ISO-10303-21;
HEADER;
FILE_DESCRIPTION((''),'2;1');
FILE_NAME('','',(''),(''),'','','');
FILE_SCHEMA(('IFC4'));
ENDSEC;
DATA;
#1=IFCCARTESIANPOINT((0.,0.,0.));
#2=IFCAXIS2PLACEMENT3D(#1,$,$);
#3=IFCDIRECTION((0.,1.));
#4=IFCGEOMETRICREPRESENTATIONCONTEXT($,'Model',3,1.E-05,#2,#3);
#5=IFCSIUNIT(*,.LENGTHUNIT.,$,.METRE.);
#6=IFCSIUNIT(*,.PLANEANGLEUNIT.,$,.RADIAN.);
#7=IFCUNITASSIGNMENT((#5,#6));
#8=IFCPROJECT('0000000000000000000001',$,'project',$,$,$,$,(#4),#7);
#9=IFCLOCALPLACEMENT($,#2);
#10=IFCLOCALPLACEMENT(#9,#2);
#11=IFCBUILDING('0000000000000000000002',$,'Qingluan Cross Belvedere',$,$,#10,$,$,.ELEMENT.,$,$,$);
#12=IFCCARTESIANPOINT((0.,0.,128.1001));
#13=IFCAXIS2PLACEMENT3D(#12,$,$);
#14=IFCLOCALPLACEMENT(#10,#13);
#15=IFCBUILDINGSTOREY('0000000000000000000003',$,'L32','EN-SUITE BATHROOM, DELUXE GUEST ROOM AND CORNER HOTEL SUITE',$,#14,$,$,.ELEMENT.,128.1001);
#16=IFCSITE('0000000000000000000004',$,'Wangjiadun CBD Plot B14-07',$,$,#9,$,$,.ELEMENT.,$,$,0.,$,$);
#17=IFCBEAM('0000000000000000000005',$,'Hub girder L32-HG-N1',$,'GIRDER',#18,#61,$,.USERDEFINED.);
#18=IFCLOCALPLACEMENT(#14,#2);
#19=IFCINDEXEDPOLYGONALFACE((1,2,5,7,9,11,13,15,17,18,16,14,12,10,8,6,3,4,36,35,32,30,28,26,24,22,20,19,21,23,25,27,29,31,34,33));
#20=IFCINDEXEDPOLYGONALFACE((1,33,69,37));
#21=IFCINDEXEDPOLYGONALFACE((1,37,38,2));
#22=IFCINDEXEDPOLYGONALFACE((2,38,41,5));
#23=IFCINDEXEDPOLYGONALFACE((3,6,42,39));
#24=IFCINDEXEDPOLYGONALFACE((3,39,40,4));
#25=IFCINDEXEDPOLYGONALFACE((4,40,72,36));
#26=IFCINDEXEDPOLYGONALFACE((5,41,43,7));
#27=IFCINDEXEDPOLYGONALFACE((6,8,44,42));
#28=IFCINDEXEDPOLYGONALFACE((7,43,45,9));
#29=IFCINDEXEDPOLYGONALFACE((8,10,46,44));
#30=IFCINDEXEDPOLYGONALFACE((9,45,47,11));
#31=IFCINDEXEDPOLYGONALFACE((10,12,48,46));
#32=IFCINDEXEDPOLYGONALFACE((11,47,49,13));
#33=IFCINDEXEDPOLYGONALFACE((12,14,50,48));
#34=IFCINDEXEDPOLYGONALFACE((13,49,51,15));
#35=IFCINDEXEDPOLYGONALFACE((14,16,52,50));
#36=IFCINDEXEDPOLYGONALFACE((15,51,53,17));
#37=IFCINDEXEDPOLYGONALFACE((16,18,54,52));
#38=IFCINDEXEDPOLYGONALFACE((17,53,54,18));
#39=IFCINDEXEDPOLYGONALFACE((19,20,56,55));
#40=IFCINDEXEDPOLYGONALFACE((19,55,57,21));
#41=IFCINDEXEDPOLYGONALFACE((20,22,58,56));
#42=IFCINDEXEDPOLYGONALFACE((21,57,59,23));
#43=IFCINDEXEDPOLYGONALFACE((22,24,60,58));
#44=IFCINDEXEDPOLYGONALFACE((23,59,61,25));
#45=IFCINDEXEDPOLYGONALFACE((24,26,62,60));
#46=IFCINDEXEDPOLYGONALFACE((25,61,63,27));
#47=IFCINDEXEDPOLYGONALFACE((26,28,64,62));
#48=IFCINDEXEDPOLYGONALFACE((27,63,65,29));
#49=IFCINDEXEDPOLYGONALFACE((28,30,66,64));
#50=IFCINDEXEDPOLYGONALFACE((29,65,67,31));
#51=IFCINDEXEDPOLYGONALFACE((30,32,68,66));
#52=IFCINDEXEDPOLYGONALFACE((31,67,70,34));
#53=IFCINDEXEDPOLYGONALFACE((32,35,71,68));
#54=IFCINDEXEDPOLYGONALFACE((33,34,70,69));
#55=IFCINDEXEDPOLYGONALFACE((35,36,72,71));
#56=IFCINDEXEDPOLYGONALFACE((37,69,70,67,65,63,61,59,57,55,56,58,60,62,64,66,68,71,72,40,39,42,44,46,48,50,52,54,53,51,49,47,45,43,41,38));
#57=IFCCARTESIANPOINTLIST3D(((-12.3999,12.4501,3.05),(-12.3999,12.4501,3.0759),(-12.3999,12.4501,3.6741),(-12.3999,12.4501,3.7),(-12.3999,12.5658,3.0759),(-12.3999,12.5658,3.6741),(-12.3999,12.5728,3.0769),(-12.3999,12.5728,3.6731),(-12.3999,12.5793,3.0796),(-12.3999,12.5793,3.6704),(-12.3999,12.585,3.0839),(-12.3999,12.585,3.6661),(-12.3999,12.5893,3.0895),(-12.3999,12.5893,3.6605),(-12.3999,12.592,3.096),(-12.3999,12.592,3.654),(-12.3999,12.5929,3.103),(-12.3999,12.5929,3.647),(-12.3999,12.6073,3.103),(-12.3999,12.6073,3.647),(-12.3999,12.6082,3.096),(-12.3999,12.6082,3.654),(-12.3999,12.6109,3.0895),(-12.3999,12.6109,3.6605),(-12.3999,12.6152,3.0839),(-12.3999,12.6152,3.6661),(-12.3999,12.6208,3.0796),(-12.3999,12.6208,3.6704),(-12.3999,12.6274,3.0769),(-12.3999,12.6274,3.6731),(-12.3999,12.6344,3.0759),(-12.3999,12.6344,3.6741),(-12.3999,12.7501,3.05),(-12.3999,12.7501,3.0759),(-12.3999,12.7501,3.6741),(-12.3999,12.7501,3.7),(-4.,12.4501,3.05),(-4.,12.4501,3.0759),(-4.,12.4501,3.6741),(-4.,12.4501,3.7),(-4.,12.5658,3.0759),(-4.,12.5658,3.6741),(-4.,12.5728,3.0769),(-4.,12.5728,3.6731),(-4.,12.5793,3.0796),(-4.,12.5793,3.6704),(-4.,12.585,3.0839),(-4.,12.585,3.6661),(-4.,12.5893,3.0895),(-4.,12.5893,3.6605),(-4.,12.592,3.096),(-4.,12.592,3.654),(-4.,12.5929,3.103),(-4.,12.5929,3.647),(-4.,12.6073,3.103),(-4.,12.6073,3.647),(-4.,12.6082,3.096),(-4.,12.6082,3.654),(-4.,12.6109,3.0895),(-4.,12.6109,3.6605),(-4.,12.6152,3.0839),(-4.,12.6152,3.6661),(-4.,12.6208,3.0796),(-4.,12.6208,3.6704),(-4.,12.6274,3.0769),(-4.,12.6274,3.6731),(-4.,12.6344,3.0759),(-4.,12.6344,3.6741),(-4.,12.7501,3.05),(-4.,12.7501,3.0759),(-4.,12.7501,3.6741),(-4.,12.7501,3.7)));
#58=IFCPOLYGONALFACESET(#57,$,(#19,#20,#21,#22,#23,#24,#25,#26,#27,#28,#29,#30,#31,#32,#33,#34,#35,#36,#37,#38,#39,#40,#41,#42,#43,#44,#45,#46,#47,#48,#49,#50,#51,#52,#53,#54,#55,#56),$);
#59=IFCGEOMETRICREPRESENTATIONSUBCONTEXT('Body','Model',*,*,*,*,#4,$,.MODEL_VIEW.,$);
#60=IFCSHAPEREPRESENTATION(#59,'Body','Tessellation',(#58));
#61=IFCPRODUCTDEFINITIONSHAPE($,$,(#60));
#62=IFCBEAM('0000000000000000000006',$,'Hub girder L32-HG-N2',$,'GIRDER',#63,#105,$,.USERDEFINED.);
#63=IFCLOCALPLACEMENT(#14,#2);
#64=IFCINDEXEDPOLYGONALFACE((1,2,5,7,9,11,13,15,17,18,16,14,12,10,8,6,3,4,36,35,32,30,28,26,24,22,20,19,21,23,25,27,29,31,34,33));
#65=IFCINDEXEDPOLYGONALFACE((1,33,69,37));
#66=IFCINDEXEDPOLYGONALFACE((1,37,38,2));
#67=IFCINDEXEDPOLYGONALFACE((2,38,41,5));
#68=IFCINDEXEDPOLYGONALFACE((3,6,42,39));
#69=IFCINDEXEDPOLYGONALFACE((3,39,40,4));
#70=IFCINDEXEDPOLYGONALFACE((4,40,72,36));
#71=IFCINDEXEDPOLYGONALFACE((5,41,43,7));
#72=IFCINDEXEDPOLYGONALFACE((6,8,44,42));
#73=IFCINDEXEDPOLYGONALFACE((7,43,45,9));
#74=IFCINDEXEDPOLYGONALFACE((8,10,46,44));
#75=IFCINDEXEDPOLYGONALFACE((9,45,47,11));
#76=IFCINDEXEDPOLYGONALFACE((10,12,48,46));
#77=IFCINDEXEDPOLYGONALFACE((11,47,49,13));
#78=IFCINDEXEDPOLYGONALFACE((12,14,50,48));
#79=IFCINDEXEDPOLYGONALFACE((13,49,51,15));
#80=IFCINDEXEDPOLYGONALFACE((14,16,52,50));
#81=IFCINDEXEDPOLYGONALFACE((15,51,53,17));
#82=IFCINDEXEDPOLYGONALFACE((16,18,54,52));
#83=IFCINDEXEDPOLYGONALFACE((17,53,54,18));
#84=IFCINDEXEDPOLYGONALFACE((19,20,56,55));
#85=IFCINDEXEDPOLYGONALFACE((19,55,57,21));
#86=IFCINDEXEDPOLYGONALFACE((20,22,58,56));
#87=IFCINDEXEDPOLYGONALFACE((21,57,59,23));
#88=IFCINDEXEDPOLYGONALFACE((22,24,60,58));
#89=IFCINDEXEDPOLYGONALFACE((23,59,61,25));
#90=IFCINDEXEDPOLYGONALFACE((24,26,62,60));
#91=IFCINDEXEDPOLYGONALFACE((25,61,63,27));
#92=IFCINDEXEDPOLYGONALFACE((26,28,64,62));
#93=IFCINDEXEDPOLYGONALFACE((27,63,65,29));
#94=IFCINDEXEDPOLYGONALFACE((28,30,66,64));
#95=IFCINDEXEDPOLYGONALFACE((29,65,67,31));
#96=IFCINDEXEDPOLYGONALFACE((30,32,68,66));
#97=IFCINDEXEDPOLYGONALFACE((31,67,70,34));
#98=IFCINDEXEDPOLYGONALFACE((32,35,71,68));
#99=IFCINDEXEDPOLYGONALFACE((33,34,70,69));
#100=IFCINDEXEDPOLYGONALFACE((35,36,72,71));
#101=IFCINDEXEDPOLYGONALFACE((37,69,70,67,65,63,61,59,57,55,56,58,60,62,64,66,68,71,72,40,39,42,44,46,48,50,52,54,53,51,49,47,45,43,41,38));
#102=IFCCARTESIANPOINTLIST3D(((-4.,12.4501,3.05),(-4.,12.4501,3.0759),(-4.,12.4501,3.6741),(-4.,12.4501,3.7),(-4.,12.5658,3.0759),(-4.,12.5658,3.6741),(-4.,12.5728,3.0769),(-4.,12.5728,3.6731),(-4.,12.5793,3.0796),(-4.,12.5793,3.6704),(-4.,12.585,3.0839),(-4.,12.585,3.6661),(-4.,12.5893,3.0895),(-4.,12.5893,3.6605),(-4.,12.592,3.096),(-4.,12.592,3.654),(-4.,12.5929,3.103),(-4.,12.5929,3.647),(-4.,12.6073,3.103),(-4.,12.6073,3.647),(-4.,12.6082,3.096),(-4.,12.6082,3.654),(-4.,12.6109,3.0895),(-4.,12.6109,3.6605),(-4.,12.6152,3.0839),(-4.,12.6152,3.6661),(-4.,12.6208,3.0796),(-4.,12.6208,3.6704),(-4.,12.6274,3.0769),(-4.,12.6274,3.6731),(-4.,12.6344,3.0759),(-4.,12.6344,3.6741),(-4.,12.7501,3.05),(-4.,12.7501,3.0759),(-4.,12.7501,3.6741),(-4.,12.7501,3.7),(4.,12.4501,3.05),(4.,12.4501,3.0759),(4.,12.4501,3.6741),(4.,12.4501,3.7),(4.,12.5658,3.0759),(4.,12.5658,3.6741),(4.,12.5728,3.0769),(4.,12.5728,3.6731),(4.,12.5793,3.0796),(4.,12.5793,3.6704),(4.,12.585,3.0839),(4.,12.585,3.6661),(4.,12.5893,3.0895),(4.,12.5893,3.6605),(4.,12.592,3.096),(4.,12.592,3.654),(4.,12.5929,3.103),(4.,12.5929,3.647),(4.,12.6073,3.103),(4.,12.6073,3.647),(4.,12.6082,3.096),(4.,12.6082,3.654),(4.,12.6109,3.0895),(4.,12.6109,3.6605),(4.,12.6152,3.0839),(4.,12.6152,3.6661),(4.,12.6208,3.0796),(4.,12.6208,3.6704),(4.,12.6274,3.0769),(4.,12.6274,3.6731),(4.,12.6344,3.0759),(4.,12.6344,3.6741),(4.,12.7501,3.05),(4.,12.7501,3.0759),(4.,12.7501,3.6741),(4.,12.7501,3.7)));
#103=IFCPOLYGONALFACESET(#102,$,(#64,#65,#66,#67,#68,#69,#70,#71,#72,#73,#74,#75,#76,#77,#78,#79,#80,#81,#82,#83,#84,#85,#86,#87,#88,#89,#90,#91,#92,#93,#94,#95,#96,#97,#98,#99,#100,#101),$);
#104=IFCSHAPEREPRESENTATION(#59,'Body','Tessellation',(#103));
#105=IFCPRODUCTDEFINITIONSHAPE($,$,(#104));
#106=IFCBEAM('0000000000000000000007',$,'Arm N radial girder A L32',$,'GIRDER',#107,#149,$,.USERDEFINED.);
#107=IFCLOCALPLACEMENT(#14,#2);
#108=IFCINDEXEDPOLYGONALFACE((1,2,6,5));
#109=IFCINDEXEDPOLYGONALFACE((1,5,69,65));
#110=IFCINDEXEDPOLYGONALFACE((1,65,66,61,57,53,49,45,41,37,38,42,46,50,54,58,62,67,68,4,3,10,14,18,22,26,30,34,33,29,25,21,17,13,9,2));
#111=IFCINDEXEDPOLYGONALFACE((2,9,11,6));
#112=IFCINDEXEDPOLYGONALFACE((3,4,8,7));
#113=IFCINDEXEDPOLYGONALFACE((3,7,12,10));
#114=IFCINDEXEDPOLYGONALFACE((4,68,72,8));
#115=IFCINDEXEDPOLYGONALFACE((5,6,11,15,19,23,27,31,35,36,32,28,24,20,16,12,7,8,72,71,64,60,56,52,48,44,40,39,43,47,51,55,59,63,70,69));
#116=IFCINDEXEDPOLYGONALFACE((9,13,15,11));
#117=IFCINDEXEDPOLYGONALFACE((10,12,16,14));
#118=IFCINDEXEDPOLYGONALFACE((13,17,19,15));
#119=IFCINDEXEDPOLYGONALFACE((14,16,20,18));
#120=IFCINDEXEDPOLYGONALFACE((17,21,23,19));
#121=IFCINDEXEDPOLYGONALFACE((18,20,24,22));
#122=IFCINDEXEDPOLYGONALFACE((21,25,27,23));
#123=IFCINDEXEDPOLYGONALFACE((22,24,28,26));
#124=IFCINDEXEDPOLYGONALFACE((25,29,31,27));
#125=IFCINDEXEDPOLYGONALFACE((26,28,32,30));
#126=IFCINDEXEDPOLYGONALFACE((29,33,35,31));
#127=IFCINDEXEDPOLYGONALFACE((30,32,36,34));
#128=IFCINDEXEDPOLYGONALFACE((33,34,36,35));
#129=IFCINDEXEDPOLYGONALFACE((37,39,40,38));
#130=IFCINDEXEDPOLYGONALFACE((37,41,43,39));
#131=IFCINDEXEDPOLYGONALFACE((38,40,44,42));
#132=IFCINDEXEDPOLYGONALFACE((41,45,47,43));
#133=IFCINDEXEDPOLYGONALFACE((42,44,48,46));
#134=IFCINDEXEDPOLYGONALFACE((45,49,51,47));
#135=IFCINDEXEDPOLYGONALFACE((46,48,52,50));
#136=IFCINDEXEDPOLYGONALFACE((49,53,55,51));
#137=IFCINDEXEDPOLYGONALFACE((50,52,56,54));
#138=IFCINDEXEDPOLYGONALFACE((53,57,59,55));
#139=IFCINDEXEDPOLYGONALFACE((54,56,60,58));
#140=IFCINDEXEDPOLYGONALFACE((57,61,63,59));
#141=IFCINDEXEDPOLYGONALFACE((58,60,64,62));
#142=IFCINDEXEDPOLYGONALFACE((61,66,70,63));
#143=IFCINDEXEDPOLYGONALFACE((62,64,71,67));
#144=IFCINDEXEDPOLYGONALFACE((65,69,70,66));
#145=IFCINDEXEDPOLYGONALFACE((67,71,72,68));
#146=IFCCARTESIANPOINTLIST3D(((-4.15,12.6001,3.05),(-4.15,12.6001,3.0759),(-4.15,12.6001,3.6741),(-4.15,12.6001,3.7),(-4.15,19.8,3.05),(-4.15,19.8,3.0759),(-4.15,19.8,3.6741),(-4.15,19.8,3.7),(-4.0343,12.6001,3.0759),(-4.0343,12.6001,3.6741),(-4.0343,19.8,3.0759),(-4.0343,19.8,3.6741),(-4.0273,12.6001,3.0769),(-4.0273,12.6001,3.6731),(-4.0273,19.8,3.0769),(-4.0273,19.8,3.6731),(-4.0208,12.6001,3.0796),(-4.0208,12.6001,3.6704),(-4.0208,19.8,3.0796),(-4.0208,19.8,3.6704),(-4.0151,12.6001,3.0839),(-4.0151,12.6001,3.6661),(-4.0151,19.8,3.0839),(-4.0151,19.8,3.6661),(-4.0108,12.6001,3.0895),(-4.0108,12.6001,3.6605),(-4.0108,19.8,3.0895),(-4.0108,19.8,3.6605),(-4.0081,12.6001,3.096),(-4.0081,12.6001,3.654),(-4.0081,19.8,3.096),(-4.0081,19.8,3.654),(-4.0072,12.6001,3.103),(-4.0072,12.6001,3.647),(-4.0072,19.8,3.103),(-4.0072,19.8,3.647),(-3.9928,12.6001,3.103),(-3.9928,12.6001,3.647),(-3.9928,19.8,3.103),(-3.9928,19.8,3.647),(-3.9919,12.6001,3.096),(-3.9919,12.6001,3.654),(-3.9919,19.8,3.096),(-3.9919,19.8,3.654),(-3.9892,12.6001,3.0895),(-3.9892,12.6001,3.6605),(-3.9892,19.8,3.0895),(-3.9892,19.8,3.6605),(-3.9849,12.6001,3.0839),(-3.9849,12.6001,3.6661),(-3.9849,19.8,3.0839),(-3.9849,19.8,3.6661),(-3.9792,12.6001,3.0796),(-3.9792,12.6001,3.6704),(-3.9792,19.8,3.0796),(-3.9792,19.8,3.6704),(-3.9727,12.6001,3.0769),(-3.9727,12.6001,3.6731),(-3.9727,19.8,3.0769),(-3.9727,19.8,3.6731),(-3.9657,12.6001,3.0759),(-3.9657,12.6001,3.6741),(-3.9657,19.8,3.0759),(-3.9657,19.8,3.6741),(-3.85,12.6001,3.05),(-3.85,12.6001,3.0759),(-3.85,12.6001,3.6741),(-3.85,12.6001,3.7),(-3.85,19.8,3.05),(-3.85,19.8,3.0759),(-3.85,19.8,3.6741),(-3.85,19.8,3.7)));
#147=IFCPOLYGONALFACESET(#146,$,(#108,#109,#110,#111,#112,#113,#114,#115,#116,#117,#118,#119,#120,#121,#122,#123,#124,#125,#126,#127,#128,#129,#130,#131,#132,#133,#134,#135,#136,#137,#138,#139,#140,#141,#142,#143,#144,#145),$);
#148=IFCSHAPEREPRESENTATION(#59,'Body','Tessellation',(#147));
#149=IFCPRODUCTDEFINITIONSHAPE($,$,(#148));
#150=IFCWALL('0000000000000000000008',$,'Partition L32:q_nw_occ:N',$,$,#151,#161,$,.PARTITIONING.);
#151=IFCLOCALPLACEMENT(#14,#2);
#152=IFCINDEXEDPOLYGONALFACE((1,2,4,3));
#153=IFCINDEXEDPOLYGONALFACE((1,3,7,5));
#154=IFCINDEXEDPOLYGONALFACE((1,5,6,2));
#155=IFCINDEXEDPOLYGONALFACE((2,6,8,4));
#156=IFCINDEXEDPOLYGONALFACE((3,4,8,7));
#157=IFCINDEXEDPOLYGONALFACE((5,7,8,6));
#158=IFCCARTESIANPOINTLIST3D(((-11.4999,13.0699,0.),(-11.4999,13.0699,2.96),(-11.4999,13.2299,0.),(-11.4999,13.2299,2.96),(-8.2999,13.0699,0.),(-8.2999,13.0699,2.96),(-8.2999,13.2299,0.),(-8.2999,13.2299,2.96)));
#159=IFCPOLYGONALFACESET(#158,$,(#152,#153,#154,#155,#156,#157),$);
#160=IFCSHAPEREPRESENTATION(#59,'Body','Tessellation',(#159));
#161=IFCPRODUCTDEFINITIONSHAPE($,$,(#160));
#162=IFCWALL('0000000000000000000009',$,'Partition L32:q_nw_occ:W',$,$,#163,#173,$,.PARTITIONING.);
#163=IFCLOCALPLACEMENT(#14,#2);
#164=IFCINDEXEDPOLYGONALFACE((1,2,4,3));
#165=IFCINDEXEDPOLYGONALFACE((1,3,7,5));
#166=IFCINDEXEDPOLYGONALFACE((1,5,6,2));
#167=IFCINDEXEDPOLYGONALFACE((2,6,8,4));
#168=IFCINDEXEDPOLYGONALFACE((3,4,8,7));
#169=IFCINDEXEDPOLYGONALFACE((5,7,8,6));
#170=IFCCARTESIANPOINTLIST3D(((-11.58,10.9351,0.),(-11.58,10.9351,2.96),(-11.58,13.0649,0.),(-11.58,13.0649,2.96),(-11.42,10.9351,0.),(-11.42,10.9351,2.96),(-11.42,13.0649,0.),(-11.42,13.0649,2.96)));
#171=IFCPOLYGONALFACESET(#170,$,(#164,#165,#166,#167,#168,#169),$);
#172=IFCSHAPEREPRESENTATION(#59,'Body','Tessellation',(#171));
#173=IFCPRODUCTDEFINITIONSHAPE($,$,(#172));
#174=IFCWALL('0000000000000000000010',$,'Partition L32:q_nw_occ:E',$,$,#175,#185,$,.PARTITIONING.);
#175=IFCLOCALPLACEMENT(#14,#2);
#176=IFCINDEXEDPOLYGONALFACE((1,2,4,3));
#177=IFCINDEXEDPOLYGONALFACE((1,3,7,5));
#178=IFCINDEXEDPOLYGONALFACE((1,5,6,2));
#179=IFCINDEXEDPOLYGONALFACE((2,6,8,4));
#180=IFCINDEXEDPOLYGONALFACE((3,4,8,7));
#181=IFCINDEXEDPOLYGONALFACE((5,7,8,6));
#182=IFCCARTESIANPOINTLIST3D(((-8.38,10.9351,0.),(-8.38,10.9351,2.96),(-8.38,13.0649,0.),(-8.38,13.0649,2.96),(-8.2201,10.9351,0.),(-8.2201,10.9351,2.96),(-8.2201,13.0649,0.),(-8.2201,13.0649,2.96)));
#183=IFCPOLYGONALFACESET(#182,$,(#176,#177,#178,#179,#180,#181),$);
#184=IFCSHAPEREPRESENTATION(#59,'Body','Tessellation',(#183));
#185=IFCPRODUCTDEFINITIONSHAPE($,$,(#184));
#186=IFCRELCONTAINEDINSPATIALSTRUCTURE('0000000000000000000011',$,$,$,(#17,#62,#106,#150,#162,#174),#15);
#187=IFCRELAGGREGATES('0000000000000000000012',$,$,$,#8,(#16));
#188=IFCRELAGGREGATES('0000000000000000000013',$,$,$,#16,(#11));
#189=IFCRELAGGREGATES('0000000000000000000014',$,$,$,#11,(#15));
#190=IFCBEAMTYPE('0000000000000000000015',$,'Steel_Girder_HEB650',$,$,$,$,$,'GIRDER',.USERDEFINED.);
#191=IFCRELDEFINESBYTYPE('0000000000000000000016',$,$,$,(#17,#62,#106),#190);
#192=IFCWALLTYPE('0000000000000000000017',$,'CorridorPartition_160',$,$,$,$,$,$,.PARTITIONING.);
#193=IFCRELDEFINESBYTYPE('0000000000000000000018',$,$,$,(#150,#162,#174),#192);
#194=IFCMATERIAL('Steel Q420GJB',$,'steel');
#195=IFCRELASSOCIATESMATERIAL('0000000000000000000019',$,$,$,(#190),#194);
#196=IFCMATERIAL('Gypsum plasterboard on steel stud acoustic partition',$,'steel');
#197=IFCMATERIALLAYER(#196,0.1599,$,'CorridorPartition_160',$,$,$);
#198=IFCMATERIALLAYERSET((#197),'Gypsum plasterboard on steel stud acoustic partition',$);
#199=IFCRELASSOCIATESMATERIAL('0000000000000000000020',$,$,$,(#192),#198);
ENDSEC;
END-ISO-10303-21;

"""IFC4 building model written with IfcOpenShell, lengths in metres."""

from ifc_helpers import new_model, si_unit, direction, frame, frame_2d, origin, origin_2d, place, context, subcontext, project, spatial, rectangle, i_section, extrude, material, layer, layer_set, material_profile, profile_set, type_object, element, save


model = new_model("IFC4")

# Units and contexts
model_context = context("Model", 3, precision=1e-05, world=origin(), true_north=direction((0.0, 1.0)))
body_context = subcontext(model_context, "Body", "Model", "MODEL_VIEW")
ifc_project = project(units=[si_unit("LENGTHUNIT", "METRE"), si_unit("PLANEANGLEUNIT", "RADIAN")], contexts=[model_context])

# Site, building, storey
site_placement = place(None, origin())
site = spatial("IfcSite", under=ifc_project, at=site_placement, Name="Wangjiadun CBD Plot B14-07", CompositionType="ELEMENT", RefElevation=0.0)
building_placement = place(site_placement, origin())
building = spatial("IfcBuilding", under=site, at=building_placement, Name="Qingluan Cross Belvedere", CompositionType="ELEMENT")
storey_placement = place(building_placement, frame((0.0, 0.0, 128.1001)))
storey = spatial("IfcBuildingStorey", under=building, at=storey_placement, Name="L32", Description="EN-SUITE BATHROOM, DELUXE GUEST ROOM AND CORNER HOTEL SUITE", CompositionType="ELEMENT", Elevation=128.1001)

# Beams
ifc_material_1 = material(Name="Steel Q420GJB", Category="steel")
ifc_material_profile_1 = material_profile(ifc_material_1, i_section(OverallWidth=0.3, OverallDepth=0.6499, WebThickness=0.0144, FlangeThickness=0.0259, FilletRadius=0.0271, at=origin_2d()), Name="HEB650")
ifc_profile_set_1 = profile_set([ifc_material_profile_1], Name="Steel Q420GJB")
beam_type_1 = type_object("IfcBeamType", Name="Steel_Girder_HEB650", ElementType="GIRDER", PredefinedType="USERDEFINED", material=ifc_profile_set_1)
beam_1_placement = place(storey_placement, frame((-12.3999, 12.6001, 3.375), z_axis=(1.0, 0.0, 0.0), x_axis=(0.0, 1.0, 0.0)))
element("IfcBeam", 1, at=beam_1_placement, inside=storey, type_object=beam_type_1, Name="Hub girder L32-HG-N1", ObjectType="GIRDER", PredefinedType="USERDEFINED", context=body_context, shape_type="SweptSolid", body=[
    extrude(i_section(OverallWidth=0.3, OverallDepth=0.6499, WebThickness=0.0144, FlangeThickness=0.0259, FilletRadius=0.0271, at=origin_2d()), origin(), (0.0, 0.0, 1.0), 8.3999),
])
beam_2_placement = place(storey_placement, frame((-4.0, 12.6001, 3.375), z_axis=(1.0, 0.0, 0.0), x_axis=(0.0, 1.0, 0.0)))
element("IfcBeam", 2, at=beam_2_placement, inside=storey, type_object=beam_type_1, Name="Hub girder L32-HG-N2", ObjectType="GIRDER", PredefinedType="USERDEFINED", context=body_context, shape_type="SweptSolid", body=[
    extrude(i_section(OverallWidth=0.3, OverallDepth=0.6499, WebThickness=0.0144, FlangeThickness=0.0259, FilletRadius=0.0271, at=origin_2d()), origin(), (0.0, 0.0, 1.0), 8.0),
])
beam_3_placement = place(storey_placement, frame((-4.0, 12.6001, 3.375), z_axis=(0.0, 1.0, 0.0), x_axis=(-1.0, 0.0, 0.0)))
element("IfcBeam", 3, at=beam_3_placement, inside=storey, type_object=beam_type_1, Name="Arm N radial girder A L32", ObjectType="GIRDER", PredefinedType="USERDEFINED", context=body_context, shape_type="SweptSolid", body=[
    extrude(i_section(OverallWidth=0.3, OverallDepth=0.6499, WebThickness=0.0144, FlangeThickness=0.0259, FilletRadius=0.0271, at=origin_2d()), origin(), (0.0, 0.0, 1.0), 7.2),
])

# Walls
ifc_material_2 = material(Name="Gypsum plasterboard on steel stud acoustic partition", Category="steel")
ifc_layer_1 = layer(ifc_material_2, 0.1599, Name="CorridorPartition_160")
ifc_layer_set_1 = layer_set([ifc_layer_1], Name="Gypsum plasterboard on steel stud acoustic partition")
wall_type_1 = type_object("IfcWallType", Name="CorridorPartition_160", PredefinedType="PARTITIONING", material=ifc_layer_set_1)
wall_1_placement = place(storey_placement, frame((-11.5, 13.1499, 0.0), z_axis=(0.0, 0.0, 1.0), x_axis=(1.0, 0.0, 0.0)))
element("IfcWall", 4, at=wall_1_placement, inside=storey, type_object=wall_type_1, Name="Partition L32:q_nw_occ:N", PredefinedType="PARTITIONING", context=body_context, shape_type="SweptSolid", body=[
    extrude(rectangle(XDim=3.2, YDim=0.1599, at=frame_2d((1.6001, 0.0))), origin(), (0.0, 0.0, 1.0), 2.96),
])
for number, where, z_axis, x_axis, name in (
    (5, (-11.5, 10.9351, 0.0), (0.0, 0.0, 1.0), (0.0, 1.0, 0.0), "Partition L32:q_nw_occ:W"),
    (6, (-8.3, 10.9351, 0.0), (0.0, 0.0, 1.0), (0.0, 1.0, 0.0), "Partition L32:q_nw_occ:E"),
):
    element("IfcWall", number, at=place(storey_placement, frame(where, z_axis=z_axis, x_axis=x_axis)), inside=storey, type_object=wall_type_1, Name=name, PredefinedType="PARTITIONING", context=body_context, shape_type="SweptSolid", body=[
        extrude(rectangle(XDim=2.1299, YDim=0.1599, at=frame_2d((1.0649, 0.0))), origin(), (0.0, 0.0, 1.0), 2.96),
    ])

save(model, "model.ifc")
